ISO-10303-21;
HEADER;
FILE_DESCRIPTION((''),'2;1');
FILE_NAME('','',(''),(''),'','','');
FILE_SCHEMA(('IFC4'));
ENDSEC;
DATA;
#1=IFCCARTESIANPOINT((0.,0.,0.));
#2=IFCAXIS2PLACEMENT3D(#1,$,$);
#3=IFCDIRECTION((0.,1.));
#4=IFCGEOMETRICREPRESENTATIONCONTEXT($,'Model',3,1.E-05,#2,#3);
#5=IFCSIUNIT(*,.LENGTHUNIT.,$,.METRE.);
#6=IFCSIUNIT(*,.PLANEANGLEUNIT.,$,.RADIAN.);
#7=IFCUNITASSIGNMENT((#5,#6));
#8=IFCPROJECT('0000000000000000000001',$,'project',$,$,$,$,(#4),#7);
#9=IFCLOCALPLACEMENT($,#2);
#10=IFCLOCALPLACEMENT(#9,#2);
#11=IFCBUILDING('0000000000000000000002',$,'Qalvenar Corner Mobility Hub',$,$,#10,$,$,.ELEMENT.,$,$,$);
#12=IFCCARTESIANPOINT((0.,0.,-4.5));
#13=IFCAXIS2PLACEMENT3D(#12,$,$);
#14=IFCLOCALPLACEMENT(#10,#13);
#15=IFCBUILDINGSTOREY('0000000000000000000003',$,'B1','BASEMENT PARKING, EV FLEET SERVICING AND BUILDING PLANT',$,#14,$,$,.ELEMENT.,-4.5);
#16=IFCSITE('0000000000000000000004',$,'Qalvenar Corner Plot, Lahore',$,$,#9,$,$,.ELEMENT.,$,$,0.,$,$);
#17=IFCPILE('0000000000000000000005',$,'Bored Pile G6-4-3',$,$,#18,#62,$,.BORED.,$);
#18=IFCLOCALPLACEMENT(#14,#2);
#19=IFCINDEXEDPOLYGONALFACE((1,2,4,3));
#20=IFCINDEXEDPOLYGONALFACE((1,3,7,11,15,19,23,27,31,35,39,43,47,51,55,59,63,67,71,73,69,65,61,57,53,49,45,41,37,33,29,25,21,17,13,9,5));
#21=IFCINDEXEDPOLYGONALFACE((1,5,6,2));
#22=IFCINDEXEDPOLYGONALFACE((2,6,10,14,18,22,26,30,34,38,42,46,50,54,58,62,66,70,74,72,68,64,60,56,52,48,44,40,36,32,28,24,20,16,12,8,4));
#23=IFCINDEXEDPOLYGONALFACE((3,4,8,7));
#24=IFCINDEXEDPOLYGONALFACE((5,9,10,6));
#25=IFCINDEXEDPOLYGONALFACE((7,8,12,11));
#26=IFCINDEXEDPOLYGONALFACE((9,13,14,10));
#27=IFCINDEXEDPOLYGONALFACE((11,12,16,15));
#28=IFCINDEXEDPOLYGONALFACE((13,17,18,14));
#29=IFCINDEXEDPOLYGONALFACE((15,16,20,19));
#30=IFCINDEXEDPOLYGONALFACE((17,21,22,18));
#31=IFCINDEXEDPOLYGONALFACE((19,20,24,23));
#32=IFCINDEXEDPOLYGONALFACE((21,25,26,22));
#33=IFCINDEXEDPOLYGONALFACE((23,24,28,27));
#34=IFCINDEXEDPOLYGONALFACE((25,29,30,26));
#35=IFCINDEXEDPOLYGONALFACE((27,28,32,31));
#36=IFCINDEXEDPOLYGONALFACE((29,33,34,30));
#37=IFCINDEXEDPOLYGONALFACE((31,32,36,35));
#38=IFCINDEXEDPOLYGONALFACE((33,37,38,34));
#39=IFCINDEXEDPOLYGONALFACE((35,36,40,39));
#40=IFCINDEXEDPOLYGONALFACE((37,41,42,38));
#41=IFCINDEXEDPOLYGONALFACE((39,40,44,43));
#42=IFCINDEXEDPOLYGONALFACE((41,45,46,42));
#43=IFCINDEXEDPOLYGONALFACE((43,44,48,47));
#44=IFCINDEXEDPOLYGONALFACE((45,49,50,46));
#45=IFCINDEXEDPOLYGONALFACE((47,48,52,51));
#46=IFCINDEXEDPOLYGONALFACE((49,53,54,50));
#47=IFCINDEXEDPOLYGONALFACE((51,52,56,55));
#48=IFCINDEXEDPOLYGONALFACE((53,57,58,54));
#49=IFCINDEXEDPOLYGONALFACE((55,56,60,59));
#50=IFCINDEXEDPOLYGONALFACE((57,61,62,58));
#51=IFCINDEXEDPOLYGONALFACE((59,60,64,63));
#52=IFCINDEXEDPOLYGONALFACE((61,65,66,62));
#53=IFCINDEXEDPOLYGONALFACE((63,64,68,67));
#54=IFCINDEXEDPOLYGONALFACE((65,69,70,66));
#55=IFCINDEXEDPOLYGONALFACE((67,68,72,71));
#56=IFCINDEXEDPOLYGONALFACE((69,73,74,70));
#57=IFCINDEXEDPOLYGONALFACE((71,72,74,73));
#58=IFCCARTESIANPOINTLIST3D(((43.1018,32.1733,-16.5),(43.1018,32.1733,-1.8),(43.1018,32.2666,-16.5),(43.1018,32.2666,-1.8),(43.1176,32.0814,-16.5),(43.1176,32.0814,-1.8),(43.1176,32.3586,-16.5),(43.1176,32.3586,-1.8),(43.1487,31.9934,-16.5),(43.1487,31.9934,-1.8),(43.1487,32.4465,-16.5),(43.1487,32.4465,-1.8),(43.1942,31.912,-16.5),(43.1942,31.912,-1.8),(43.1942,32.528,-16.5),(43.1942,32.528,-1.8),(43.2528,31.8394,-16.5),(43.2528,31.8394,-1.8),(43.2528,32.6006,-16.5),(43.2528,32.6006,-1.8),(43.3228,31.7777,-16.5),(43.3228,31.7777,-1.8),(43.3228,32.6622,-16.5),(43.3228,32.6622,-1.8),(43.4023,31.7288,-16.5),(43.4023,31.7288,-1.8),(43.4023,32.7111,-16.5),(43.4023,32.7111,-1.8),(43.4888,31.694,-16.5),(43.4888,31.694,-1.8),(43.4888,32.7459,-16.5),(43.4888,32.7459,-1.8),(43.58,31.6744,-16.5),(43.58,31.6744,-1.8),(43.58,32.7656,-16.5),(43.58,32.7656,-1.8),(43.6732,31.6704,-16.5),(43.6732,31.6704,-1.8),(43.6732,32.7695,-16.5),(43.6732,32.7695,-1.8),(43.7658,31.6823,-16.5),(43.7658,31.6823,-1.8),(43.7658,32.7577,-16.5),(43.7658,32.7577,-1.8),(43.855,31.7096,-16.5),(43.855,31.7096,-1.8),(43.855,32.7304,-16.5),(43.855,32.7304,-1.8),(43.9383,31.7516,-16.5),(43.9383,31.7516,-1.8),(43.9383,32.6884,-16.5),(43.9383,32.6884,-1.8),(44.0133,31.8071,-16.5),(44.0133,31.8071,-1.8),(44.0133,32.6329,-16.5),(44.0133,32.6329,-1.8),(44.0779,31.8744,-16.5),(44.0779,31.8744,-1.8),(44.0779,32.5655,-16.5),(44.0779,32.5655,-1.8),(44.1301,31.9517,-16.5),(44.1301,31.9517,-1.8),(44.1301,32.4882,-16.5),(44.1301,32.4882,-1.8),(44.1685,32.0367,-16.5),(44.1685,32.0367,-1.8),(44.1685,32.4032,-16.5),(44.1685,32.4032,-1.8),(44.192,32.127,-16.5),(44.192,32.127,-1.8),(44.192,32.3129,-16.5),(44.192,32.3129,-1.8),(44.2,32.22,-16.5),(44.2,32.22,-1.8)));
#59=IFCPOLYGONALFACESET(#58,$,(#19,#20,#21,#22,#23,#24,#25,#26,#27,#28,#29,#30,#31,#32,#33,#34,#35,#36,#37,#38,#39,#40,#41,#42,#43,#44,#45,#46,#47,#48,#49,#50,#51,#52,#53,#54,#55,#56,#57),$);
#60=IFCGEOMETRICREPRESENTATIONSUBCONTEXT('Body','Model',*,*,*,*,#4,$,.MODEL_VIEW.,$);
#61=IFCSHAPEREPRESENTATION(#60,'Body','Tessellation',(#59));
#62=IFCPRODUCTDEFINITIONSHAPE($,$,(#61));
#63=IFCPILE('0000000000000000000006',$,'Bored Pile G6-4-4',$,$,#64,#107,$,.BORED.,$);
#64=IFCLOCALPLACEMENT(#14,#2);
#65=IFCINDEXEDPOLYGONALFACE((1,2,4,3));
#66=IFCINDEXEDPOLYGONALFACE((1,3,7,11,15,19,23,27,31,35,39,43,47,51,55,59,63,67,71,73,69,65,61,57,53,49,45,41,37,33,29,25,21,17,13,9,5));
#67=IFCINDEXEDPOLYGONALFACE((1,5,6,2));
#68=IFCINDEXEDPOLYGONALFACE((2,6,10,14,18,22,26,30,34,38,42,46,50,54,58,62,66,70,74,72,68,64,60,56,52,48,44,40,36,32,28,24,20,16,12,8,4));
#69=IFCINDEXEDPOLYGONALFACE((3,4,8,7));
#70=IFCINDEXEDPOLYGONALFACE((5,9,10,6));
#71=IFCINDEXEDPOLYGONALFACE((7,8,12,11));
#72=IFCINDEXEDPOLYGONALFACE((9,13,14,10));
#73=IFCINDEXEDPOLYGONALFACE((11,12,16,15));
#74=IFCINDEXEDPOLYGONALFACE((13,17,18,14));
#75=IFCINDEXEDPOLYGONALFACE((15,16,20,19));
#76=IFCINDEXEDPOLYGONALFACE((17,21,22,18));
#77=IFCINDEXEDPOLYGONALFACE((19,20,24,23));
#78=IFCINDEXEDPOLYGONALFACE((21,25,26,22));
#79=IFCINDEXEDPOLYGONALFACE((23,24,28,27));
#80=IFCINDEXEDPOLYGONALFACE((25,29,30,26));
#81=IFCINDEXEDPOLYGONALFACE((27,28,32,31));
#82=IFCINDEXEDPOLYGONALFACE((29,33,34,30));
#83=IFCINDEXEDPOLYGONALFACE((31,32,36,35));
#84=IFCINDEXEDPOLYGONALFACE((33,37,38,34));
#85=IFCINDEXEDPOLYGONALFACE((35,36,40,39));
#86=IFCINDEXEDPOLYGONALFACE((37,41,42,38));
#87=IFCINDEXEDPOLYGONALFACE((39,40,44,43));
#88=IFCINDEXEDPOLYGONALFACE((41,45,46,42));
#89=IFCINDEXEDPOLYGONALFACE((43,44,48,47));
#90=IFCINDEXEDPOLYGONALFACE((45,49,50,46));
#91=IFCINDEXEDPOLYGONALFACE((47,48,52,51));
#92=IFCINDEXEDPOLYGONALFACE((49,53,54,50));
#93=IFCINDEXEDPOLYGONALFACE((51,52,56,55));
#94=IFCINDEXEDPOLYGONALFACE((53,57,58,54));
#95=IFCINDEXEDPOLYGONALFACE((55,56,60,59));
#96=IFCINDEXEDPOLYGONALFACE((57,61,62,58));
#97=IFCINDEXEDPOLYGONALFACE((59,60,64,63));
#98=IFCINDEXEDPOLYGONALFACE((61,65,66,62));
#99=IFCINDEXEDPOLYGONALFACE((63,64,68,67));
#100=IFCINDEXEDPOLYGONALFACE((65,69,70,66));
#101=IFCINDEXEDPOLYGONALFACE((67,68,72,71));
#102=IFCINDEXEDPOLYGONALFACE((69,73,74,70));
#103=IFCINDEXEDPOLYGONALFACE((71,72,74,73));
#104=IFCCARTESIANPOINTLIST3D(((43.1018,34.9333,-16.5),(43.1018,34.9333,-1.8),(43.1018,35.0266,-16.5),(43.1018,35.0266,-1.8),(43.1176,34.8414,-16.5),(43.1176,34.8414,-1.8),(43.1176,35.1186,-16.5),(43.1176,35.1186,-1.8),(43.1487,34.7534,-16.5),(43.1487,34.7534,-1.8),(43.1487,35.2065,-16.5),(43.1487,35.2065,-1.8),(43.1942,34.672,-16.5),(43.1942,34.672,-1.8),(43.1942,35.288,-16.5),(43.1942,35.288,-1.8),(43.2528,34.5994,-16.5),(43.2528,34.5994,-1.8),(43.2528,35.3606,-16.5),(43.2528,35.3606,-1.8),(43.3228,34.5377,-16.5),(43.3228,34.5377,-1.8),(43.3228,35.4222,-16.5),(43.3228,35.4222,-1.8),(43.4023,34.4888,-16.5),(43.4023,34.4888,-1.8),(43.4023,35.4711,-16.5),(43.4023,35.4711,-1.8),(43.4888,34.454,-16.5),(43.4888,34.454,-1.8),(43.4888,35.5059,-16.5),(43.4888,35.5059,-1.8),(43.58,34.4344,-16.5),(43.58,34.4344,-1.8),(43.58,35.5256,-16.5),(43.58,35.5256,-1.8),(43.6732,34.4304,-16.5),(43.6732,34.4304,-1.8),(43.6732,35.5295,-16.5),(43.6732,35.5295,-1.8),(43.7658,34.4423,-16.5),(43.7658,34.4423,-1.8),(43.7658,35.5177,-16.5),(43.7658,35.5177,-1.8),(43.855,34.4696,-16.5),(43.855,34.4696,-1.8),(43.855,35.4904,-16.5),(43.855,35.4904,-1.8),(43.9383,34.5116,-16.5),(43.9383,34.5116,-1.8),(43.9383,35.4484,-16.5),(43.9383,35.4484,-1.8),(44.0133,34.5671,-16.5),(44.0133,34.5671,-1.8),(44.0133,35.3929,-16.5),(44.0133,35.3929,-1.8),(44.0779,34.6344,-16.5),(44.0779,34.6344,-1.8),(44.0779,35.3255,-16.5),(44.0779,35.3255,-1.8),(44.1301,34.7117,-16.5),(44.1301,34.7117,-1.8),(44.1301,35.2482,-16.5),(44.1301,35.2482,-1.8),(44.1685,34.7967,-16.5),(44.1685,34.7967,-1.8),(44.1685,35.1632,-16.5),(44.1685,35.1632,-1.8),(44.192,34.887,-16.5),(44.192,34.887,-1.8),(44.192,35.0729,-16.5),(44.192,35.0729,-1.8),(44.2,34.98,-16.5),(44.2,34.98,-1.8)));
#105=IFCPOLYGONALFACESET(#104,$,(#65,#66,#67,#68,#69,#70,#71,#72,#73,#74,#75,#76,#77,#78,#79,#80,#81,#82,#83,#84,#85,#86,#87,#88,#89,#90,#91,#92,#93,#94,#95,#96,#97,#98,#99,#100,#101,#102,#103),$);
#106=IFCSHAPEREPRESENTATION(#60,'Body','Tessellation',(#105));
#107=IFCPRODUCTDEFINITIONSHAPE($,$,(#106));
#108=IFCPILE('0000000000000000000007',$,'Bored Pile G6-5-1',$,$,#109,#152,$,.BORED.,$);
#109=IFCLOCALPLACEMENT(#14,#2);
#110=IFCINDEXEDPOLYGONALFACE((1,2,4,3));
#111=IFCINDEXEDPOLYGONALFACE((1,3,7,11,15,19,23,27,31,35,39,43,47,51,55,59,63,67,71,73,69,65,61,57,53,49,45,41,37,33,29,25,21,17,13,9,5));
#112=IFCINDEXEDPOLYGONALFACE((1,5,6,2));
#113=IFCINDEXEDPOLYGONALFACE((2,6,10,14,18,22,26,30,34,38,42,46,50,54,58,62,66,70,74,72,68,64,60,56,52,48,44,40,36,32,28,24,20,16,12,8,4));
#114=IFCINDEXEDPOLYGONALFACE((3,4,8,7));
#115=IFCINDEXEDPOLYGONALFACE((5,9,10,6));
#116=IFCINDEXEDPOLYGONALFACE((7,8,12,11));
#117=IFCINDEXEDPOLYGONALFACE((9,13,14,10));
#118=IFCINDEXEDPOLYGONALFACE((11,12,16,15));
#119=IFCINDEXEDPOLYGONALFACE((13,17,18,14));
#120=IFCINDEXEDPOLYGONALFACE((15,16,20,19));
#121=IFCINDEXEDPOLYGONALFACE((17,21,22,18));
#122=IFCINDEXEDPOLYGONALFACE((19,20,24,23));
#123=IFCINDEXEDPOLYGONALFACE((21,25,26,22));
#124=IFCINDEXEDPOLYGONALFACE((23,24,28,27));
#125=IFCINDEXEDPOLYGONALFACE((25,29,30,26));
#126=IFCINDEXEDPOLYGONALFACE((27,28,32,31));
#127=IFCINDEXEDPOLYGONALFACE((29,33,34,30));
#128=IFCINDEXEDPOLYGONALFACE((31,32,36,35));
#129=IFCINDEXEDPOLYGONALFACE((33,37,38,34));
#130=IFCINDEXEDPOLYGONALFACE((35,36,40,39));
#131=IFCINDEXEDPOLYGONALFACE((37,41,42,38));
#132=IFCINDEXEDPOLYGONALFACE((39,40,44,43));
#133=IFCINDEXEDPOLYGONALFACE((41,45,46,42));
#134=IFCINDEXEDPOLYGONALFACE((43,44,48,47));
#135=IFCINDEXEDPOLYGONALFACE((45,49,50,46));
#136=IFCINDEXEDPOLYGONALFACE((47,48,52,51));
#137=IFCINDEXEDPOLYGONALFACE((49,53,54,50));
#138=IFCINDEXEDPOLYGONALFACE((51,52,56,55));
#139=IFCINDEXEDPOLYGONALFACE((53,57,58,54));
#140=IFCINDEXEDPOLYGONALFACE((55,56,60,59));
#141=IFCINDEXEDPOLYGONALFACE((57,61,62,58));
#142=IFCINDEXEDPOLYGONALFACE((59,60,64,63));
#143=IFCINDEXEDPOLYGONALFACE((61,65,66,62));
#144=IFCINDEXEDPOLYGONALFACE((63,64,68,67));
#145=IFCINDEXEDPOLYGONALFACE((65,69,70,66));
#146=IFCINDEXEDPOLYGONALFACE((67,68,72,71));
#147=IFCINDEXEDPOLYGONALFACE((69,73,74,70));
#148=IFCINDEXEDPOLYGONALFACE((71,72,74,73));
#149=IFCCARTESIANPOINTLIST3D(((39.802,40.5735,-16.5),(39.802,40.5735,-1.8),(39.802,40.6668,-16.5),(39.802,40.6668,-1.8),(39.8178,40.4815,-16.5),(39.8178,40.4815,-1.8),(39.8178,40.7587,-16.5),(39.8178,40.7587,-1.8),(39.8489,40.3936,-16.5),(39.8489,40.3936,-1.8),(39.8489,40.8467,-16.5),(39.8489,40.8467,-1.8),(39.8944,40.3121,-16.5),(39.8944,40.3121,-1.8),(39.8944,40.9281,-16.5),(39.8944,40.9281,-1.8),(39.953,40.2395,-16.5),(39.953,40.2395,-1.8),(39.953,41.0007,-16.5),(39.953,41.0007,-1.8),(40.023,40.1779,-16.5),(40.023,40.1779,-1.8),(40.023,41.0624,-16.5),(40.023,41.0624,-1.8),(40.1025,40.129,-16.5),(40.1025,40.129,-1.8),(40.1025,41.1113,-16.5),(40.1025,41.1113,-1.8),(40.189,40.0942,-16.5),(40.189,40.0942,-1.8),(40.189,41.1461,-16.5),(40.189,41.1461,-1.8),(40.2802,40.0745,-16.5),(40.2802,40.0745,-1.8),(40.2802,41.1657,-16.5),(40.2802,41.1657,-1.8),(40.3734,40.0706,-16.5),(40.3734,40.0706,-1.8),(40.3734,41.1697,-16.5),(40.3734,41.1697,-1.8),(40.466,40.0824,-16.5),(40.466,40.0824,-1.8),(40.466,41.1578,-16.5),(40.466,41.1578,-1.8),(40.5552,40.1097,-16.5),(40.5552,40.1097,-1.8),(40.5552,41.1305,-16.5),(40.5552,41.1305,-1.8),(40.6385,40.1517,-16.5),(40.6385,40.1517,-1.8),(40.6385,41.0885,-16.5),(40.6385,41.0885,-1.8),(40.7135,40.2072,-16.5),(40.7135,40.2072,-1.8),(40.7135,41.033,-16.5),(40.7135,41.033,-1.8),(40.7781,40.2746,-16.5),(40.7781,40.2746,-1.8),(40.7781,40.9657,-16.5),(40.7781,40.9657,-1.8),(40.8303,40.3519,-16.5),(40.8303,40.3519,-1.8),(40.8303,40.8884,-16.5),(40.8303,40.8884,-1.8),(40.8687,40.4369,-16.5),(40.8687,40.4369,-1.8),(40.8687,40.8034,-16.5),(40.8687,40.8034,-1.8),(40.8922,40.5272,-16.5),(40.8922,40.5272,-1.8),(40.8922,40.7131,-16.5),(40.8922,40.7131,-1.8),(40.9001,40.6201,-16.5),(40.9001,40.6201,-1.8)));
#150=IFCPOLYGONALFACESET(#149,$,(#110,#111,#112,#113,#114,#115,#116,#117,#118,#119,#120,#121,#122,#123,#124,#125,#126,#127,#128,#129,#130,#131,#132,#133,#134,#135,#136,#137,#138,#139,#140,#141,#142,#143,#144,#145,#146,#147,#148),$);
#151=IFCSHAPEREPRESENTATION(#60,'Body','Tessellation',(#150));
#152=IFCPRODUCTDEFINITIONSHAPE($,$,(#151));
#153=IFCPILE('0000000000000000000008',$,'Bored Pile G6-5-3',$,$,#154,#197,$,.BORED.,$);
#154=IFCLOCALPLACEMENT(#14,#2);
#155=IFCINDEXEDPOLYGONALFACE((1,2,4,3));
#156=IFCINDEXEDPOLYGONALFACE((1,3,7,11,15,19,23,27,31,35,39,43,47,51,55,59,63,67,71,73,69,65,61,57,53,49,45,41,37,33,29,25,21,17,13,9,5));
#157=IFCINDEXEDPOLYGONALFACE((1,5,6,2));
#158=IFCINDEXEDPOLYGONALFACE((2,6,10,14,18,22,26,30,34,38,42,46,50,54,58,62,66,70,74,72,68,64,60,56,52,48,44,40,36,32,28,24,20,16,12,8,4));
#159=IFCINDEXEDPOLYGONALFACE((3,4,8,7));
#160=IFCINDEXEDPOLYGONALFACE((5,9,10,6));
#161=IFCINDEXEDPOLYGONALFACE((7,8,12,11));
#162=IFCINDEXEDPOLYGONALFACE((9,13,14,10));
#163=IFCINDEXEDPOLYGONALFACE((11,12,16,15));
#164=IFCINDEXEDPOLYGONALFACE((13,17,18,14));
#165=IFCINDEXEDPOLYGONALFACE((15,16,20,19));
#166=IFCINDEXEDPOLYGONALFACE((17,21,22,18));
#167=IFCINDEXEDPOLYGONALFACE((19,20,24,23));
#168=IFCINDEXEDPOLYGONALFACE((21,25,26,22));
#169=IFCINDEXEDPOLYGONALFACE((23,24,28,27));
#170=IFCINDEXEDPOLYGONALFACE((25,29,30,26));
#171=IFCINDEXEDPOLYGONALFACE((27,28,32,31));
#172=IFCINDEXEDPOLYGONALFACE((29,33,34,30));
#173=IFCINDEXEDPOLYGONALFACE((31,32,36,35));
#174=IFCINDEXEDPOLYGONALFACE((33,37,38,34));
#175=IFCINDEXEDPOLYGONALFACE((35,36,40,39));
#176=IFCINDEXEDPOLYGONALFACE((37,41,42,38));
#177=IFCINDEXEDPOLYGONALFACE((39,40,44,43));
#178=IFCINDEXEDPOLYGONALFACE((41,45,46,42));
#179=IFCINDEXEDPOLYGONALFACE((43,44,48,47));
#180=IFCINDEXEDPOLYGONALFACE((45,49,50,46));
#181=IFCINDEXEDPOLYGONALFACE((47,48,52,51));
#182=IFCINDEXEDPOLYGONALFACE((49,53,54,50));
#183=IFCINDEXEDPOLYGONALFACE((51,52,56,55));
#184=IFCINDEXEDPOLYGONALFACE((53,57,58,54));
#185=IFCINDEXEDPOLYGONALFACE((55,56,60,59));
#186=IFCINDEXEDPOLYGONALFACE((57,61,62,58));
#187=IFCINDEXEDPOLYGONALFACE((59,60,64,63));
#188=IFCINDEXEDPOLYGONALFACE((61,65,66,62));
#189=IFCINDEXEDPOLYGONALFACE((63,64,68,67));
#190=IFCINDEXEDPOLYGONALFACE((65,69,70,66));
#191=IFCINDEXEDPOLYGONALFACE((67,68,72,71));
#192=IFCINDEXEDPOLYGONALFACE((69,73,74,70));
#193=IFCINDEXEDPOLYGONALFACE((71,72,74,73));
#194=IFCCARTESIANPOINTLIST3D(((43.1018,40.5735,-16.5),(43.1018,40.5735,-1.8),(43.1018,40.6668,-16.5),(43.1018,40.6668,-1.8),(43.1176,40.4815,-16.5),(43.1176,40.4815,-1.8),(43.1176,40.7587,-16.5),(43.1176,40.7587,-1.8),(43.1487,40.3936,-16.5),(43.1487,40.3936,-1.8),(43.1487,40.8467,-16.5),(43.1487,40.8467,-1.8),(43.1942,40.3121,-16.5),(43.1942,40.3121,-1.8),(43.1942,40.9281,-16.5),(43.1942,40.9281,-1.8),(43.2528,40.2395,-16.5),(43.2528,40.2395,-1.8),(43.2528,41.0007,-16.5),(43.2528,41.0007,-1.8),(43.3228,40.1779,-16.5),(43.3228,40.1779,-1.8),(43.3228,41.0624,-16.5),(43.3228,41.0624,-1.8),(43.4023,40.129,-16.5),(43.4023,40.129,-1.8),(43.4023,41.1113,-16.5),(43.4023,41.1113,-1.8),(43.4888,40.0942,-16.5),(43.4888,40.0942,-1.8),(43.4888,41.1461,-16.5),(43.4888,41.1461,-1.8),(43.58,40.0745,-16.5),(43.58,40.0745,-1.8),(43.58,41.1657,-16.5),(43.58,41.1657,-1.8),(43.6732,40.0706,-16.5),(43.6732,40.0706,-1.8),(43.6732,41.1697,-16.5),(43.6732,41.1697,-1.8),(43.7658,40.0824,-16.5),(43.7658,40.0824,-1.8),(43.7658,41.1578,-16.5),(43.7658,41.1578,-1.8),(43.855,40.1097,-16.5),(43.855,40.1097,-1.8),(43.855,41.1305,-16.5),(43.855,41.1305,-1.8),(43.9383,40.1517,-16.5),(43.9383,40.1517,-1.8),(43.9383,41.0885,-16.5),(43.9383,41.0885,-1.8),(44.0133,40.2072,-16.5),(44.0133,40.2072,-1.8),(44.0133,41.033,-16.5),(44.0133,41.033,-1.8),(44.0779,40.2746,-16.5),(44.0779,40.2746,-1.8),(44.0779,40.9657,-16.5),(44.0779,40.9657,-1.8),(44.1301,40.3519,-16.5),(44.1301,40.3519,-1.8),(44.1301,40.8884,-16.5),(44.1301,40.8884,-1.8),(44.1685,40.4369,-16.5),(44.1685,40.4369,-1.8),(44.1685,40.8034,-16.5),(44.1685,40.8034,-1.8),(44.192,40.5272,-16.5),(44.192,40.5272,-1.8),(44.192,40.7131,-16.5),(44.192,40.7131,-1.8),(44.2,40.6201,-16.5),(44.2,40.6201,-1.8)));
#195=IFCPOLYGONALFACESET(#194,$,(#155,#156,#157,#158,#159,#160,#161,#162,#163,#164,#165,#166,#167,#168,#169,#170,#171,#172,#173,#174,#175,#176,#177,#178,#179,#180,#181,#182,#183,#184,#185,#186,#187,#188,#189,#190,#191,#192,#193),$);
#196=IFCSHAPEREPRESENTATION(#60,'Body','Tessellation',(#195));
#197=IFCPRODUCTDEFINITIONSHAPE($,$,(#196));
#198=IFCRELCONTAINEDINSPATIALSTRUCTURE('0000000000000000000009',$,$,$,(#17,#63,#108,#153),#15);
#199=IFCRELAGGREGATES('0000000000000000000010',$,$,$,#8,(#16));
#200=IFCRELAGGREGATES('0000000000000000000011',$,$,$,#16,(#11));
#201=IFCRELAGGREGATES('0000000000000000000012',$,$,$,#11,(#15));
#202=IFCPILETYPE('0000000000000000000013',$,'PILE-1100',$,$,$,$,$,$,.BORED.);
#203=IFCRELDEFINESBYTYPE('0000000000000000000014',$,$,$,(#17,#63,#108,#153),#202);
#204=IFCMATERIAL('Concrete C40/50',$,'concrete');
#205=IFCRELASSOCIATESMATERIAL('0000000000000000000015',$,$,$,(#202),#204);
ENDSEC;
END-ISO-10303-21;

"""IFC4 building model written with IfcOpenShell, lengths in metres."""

from ifc_helpers import new_model, si_unit, direction, frame, origin, origin_2d, place, context, subcontext, project, spatial, circle, extrude, material, material_profile, profile_set, type_object, element, save


model = new_model("IFC4")

# Units and contexts
model_context = context("Model", 3, precision=1e-05, world=origin(), true_north=direction((0.0, 1.0)))
body_context = subcontext(model_context, "Body", "Model", "MODEL_VIEW")
ifc_project = project(units=[si_unit("LENGTHUNIT", "METRE"), si_unit("PLANEANGLEUNIT", "RADIAN")], contexts=[model_context])

# Site, building, storey
site_placement = place(None, origin())
site = spatial("IfcSite", under=ifc_project, at=site_placement, Name="Qalvenar Corner Plot, Lahore", CompositionType="ELEMENT", RefElevation=0.0)
building_placement = place(site_placement, origin())
building = spatial("IfcBuilding", under=site, at=building_placement, Name="Qalvenar Corner Mobility Hub", CompositionType="ELEMENT")
storey_placement = place(building_placement, frame((0.0, 0.0, -4.5)))
storey = spatial("IfcBuildingStorey", under=building, at=storey_placement, Name="B1", Description="BASEMENT PARKING, EV FLEET SERVICING AND BUILDING PLANT", CompositionType="ELEMENT", Elevation=-4.5)

# Shared definitions
ifc_material_1 = material(Name="Concrete C40/50", Category="concrete")

# Piles
ifc_material_profile_1 = material_profile(ifc_material_1, circle(Radius=0.55, at=origin_2d()), Name="DIA1100")
ifc_profile_set_1 = profile_set([ifc_material_profile_1], Name="Concrete C40/50")
pile_type_1 = type_object("IfcPileType", Name="PILE-1100", PredefinedType="BORED", material=ifc_profile_set_1)
for number, where, z_axis, x_axis, name in (
    (1, (43.6499, 32.22, -1.8), (0.0, 0.0, -1.0), (1.0, 0.0, 0.0), "Bored Pile G6-4-3"),
    (2, (43.6499, 34.98, -1.8), (0.0, 0.0, -1.0), (1.0, 0.0, 0.0), "Bored Pile G6-4-4"),
    (3, (40.3501, 40.6201, -1.8), (0.0, 0.0, -1.0), (1.0, 0.0, 0.0), "Bored Pile G6-5-1"),
    (4, (43.6499, 40.6201, -1.8), (0.0, 0.0, -1.0), (1.0, 0.0, 0.0), "Bored Pile G6-5-3"),
):
    element("IfcPile", number, at=place(storey_placement, frame(where, z_axis=z_axis, x_axis=x_axis)), inside=storey, type_object=pile_type_1, Name=name, PredefinedType="BORED", context=body_context, shape_type="SweptSolid", body=[
        extrude(circle(Radius=0.55, at=origin_2d()), origin(), (0.0, 0.0, 1.0), 14.7),
    ])

save(model, "model.ifc")
